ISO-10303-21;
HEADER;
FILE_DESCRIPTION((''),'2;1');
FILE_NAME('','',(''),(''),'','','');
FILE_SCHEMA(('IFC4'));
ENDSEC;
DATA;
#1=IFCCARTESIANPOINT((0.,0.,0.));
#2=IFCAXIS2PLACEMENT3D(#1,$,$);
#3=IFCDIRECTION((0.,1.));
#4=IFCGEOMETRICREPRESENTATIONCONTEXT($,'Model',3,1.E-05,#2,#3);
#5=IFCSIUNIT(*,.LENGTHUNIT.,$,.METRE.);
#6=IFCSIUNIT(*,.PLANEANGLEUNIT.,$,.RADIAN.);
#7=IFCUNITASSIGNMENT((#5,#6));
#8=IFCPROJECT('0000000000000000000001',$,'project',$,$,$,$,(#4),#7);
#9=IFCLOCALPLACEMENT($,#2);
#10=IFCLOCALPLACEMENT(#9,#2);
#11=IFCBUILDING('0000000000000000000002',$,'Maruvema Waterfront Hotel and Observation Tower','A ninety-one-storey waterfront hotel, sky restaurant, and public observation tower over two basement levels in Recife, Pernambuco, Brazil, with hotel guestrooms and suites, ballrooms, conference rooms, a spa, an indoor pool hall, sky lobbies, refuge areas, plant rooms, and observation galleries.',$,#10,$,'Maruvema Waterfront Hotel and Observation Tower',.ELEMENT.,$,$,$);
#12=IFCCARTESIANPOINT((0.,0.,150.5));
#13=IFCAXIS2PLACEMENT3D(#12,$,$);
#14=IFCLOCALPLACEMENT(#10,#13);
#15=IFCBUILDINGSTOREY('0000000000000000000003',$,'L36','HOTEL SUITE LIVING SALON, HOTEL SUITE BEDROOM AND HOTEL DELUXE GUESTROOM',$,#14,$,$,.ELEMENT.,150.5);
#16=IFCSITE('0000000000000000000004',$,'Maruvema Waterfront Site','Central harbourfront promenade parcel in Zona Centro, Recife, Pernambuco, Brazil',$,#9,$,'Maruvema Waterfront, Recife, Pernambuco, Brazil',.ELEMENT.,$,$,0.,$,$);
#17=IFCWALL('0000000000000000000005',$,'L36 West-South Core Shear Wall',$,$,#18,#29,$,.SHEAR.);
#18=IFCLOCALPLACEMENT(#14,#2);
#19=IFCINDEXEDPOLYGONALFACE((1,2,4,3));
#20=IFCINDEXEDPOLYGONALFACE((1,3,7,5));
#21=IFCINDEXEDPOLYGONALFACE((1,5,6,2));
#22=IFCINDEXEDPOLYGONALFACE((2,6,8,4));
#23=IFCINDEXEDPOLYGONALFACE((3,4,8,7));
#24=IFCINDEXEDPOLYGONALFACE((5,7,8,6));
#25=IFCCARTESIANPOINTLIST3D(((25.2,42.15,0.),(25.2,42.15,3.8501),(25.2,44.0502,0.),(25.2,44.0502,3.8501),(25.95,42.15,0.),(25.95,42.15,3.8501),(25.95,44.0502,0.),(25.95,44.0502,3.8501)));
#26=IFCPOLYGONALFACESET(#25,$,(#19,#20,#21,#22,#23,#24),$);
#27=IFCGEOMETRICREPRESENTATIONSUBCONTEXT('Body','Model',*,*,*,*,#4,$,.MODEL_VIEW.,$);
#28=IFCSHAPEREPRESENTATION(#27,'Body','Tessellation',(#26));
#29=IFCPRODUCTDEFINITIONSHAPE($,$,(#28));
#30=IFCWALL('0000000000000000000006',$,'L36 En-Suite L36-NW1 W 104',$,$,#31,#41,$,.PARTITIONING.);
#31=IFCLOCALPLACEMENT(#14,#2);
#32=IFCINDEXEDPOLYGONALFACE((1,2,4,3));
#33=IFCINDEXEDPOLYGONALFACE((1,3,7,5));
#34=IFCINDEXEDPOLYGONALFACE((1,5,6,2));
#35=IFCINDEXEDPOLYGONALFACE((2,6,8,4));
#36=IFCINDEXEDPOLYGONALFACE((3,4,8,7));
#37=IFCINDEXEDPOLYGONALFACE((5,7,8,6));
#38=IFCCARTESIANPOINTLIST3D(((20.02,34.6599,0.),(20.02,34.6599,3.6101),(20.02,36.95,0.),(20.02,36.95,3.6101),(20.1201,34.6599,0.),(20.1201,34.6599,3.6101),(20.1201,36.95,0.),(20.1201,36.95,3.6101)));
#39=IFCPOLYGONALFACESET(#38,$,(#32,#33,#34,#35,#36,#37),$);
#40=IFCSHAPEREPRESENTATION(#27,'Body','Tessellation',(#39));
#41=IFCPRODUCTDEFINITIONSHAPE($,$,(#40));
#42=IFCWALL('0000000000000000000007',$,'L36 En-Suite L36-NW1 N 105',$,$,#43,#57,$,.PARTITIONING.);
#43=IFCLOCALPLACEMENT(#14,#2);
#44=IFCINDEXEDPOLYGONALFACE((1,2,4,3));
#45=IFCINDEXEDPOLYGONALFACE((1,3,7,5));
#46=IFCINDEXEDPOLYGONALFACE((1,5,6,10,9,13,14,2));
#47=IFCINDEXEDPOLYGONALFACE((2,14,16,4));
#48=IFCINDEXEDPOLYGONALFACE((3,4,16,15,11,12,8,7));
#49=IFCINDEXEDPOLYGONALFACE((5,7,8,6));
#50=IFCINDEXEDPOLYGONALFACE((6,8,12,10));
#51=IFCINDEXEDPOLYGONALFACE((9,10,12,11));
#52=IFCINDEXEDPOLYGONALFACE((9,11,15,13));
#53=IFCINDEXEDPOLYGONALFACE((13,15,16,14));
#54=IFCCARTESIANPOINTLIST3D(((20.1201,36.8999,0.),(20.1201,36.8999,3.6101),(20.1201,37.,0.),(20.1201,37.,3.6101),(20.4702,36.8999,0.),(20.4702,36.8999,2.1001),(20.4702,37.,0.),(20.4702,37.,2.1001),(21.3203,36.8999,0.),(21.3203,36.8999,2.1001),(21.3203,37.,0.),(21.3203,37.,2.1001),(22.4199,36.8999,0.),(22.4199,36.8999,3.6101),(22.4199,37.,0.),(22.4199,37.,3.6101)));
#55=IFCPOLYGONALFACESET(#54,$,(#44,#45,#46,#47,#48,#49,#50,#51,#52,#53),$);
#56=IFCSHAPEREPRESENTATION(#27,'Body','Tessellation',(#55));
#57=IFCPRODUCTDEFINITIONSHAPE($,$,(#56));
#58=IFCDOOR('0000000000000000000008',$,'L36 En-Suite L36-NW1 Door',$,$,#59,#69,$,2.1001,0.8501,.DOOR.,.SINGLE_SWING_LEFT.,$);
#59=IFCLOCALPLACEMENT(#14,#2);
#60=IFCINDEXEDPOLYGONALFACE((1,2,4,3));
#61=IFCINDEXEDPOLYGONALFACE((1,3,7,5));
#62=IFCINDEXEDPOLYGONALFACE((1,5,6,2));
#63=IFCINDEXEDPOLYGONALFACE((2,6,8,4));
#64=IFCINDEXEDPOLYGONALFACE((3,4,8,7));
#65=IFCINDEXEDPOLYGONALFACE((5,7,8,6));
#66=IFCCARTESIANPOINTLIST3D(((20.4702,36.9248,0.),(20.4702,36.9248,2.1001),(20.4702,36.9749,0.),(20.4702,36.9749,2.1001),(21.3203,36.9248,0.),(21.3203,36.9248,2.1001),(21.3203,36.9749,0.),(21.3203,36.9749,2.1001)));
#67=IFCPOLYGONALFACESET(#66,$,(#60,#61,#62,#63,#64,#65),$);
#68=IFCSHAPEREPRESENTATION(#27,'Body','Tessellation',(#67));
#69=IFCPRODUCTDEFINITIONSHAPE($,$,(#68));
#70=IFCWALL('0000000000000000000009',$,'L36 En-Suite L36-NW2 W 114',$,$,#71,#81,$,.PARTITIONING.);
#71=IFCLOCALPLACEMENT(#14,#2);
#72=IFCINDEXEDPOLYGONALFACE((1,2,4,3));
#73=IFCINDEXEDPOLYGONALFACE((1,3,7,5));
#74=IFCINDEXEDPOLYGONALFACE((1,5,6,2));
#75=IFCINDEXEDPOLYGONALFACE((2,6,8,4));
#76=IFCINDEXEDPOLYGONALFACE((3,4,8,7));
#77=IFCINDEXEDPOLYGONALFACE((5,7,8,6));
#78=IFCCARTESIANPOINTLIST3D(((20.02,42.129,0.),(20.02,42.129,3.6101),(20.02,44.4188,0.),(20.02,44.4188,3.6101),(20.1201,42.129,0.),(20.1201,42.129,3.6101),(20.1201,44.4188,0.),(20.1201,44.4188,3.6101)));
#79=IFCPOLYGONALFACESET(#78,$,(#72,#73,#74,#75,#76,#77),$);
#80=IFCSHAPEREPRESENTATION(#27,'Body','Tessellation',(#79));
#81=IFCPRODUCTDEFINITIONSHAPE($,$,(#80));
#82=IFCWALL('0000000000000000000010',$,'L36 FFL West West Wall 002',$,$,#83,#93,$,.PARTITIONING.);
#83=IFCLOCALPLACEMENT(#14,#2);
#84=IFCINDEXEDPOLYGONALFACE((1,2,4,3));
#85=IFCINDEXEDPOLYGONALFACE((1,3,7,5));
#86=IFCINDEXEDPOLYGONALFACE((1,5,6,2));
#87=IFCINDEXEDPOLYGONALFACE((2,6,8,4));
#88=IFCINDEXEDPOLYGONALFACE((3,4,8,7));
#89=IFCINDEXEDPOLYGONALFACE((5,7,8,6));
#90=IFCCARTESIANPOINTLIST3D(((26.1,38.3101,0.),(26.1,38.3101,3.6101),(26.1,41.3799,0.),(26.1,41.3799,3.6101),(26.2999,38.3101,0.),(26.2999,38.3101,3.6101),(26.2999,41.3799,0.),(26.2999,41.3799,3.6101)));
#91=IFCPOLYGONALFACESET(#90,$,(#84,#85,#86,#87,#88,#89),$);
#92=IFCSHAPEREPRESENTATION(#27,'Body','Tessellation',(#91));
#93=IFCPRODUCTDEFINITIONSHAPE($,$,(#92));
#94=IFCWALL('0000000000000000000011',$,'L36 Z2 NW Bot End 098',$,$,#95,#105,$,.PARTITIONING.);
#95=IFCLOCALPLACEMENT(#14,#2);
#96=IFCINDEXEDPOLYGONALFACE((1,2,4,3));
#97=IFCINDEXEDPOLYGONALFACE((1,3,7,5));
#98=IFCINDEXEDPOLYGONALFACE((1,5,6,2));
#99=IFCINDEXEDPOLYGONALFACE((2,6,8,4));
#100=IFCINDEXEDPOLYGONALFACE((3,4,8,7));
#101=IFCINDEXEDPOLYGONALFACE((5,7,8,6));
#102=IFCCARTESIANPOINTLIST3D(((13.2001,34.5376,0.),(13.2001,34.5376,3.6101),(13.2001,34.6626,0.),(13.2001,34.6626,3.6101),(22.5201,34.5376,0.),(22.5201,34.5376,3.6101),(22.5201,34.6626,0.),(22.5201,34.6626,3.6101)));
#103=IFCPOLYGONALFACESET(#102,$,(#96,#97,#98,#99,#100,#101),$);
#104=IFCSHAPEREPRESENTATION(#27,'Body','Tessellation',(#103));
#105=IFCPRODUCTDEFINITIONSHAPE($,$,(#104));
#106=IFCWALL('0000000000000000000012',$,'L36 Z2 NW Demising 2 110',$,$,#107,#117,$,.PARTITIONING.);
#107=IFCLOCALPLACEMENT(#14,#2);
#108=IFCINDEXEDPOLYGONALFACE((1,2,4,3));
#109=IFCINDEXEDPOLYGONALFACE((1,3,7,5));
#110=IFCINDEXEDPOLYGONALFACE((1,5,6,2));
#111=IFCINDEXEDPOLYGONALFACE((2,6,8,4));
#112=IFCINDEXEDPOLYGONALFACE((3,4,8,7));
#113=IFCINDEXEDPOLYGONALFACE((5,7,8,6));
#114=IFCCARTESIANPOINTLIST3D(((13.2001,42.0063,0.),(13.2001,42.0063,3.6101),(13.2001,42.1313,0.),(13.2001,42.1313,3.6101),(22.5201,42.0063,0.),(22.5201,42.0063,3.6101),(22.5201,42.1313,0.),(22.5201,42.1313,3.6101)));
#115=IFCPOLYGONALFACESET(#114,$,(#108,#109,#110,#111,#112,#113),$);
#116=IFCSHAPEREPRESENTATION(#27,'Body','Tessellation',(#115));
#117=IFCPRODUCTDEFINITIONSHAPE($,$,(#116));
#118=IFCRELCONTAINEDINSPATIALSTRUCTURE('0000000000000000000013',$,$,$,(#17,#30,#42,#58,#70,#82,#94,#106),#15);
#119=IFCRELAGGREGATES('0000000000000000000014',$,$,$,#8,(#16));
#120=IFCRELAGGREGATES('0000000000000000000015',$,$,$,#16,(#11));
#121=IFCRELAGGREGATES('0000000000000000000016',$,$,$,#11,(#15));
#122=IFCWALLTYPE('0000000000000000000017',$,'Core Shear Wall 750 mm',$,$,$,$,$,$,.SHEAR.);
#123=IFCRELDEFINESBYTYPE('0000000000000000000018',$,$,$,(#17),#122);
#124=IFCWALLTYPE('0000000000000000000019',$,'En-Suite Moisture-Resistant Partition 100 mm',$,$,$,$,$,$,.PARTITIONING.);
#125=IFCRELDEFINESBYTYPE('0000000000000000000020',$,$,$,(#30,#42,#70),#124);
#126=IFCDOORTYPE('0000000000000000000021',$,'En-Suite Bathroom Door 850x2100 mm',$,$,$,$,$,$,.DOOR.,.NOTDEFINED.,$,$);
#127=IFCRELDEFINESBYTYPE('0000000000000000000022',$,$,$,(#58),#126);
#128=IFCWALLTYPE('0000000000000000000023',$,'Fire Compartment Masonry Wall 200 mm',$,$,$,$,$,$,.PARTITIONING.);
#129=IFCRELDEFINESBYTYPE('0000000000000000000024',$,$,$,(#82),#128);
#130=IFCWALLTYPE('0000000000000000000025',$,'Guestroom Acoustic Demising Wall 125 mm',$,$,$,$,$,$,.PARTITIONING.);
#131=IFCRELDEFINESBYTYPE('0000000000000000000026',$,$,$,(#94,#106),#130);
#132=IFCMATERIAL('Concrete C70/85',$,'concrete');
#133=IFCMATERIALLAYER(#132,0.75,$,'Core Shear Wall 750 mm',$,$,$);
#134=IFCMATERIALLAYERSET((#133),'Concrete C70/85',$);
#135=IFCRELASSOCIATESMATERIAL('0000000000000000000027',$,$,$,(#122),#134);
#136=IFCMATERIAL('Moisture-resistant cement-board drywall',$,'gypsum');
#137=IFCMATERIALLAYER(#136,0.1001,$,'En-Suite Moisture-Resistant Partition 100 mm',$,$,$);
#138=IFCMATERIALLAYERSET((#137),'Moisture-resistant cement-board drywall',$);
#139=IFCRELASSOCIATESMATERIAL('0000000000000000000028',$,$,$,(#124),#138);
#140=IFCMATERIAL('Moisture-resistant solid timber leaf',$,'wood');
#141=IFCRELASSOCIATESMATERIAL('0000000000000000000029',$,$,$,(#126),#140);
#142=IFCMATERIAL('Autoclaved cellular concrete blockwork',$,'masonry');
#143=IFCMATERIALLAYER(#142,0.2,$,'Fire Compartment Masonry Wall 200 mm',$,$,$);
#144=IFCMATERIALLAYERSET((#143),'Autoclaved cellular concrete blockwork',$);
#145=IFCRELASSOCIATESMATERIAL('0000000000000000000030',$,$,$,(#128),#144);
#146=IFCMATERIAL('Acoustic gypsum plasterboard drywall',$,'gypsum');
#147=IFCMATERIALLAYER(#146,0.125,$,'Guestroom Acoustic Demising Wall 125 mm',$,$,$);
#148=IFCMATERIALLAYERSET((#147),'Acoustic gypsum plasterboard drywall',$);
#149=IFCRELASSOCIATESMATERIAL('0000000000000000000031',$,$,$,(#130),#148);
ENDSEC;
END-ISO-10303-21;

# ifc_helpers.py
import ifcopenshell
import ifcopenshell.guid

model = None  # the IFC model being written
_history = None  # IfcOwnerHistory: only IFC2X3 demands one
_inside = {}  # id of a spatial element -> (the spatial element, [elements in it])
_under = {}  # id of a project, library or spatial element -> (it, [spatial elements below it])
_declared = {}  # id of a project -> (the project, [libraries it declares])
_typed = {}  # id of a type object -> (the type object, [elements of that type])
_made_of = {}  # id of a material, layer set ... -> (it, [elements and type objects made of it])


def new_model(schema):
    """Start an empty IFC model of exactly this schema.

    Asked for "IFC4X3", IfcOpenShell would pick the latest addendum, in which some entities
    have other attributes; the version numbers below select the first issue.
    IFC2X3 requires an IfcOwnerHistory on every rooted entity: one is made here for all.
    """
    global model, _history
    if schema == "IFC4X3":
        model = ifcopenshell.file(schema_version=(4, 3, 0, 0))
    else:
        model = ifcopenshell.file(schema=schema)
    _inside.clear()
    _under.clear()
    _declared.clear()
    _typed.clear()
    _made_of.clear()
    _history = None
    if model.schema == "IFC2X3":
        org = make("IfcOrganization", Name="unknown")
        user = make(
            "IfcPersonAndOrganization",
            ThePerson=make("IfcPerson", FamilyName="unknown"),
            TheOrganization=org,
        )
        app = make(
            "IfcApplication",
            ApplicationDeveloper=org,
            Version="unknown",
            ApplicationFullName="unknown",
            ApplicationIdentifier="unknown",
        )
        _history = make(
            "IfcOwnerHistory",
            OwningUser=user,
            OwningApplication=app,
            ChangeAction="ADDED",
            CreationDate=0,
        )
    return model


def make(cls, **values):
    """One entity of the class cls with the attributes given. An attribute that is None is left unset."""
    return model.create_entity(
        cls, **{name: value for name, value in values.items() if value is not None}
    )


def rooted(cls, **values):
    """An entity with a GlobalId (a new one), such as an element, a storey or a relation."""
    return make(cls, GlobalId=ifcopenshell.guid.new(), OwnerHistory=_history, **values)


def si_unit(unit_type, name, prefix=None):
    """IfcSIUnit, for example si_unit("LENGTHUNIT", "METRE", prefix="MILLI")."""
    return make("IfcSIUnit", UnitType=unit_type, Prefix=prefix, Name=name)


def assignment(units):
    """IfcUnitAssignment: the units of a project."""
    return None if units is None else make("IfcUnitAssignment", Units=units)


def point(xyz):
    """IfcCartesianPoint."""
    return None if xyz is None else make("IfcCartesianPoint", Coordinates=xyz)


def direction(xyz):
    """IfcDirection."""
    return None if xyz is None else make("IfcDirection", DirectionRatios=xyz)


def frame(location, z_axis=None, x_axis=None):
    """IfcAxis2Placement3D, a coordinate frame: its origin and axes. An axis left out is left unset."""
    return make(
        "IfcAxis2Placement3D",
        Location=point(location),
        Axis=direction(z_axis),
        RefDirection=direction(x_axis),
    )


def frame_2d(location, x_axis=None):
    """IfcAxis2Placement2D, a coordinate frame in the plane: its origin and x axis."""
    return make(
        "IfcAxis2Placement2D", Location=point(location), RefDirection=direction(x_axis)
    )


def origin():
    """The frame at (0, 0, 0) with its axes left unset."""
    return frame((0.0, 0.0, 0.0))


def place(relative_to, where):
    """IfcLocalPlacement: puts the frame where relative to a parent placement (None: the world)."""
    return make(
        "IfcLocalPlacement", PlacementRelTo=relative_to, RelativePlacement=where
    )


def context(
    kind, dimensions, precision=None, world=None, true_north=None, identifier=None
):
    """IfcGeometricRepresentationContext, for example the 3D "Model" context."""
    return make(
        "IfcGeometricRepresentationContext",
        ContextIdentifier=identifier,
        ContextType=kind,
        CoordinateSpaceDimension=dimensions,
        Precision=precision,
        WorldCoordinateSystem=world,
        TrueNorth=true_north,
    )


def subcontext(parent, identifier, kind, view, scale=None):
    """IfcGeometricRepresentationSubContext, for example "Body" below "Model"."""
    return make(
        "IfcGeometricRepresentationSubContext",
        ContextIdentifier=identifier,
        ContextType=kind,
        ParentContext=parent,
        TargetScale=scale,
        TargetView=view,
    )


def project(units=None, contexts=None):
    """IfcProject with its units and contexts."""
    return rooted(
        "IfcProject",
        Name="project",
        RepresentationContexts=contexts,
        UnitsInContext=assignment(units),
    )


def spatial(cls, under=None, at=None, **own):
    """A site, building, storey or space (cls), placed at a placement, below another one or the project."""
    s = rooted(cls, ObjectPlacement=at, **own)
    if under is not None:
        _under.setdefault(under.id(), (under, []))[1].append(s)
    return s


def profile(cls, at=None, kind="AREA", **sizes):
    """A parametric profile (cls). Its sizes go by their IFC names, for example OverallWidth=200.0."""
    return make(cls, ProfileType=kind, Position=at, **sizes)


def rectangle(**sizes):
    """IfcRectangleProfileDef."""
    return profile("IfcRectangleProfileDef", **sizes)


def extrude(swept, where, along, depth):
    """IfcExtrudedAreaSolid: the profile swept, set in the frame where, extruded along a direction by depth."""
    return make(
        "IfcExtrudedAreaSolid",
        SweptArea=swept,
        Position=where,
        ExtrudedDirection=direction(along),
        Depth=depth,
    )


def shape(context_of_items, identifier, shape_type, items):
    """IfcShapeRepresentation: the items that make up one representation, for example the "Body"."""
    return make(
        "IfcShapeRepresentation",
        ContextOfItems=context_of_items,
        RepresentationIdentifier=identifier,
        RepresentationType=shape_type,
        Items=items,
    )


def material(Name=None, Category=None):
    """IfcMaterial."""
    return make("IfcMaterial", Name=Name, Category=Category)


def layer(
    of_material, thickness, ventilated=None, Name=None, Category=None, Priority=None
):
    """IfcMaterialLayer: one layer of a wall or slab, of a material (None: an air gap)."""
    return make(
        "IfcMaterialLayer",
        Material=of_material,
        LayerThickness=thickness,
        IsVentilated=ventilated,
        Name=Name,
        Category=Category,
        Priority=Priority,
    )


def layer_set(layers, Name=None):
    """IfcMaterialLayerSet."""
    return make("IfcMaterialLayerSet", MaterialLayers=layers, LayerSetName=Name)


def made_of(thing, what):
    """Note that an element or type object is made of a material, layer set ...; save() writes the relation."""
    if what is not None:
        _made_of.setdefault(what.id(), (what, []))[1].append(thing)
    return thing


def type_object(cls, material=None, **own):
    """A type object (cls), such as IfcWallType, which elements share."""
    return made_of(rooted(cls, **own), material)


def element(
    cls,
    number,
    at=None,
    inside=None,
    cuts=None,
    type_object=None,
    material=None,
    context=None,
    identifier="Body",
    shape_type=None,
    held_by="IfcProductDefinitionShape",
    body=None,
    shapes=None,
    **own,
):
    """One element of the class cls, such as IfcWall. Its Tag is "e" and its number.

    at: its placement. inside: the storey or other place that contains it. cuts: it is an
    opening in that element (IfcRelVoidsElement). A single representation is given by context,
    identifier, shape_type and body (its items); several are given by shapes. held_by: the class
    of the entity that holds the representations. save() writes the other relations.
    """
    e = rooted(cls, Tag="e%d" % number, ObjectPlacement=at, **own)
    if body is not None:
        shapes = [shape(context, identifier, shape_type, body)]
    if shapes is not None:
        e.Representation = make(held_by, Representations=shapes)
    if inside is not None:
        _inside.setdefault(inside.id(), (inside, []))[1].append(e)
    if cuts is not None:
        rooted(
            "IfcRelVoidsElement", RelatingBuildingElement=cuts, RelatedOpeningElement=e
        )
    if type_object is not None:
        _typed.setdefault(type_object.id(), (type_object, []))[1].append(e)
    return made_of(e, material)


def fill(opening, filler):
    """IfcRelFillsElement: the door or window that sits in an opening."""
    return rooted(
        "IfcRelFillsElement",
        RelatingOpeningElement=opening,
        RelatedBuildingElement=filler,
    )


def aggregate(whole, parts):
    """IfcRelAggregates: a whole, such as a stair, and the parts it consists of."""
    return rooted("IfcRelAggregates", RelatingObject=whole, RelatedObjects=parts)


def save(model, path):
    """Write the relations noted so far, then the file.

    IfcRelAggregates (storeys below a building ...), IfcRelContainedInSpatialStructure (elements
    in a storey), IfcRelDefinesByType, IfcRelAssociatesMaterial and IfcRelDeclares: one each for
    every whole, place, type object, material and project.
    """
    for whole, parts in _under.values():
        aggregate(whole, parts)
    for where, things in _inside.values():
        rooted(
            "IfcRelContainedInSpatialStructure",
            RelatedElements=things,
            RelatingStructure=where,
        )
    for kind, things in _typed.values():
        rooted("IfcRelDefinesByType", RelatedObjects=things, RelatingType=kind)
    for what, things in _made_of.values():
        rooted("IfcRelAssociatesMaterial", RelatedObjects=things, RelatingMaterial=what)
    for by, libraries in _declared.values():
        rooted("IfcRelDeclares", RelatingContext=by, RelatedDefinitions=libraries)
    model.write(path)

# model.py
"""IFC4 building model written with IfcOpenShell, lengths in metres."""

from ifc_helpers import new_model, si_unit, direction, frame, frame_2d, origin, place, context, subcontext, project, spatial, rectangle, extrude, material, layer, layer_set, type_object, element, fill, save


model = new_model("IFC4")

# Units and contexts
model_context = context("Model", 3, precision=1e-05, world=origin(), true_north=direction((0.0, 1.0)))
body_context = subcontext(model_context, "Body", "Model", "MODEL_VIEW")
ifc_project = project(units=[si_unit("LENGTHUNIT", "METRE"), si_unit("PLANEANGLEUNIT", "RADIAN")], contexts=[model_context])

# Site, building, storey
site_placement = place(None, origin())
site = spatial("IfcSite", under=ifc_project, at=site_placement, Name="Maruvema Waterfront Site", Description="Central harbourfront promenade parcel in Zona Centro, Recife, Pernambuco, Brazil", LongName="Maruvema Waterfront, Recife, Pernambuco, Brazil", CompositionType="ELEMENT", RefElevation=0.0)
building_placement = place(site_placement, origin())
building = spatial("IfcBuilding", under=site, at=building_placement, Name="Maruvema Waterfront Hotel and Observation Tower", Description="A ninety-one-storey waterfront hotel, sky restaurant, and public observation tower over two basement levels in Recife, Pernambuco, Brazil, with hotel guestrooms and suites, ballrooms, conference rooms, a spa, an indoor pool hall, sky lobbies, refuge areas, plant rooms, and observation galleries.", LongName="Maruvema Waterfront Hotel and Observation Tower", CompositionType="ELEMENT")
storey_placement = place(building_placement, frame((0.0, 0.0, 150.5)))
storey = spatial("IfcBuildingStorey", under=building, at=storey_placement, Name="L36", Description="HOTEL SUITE LIVING SALON, HOTEL SUITE BEDROOM AND HOTEL DELUXE GUESTROOM", CompositionType="ELEMENT", Elevation=150.5)

# Shared definitions
ifc_material_1 = material(Name="Concrete C70/85", Category="concrete")
ifc_layer_1 = layer(ifc_material_1, 0.75, Name="Core Shear Wall 750 mm")
ifc_layer_set_1 = layer_set([ifc_layer_1], Name="Concrete C70/85")
wall_type_1 = type_object("IfcWallType", Name="Core Shear Wall 750 mm", PredefinedType="SHEAR", material=ifc_layer_set_1)

# Walls
wall_1_placement = place(storey_placement, frame((25.575, 42.1499, 0.0), z_axis=(0.0, 0.0, 1.0), x_axis=(0.0, 1.0, 0.0)))
element("IfcWall", 1, at=wall_1_placement, inside=storey, type_object=wall_type_1, Name="L36 West-South Core Shear Wall", PredefinedType="SHEAR", context=body_context, shape_type="SweptSolid", body=[
    extrude(rectangle(XDim=1.9001, YDim=0.75, at=frame_2d((0.9502, 0.0))), origin(), (0.0, 0.0, 1.0), 3.8501),
])
ifc_material_2 = material(Name="Moisture-resistant cement-board drywall", Category="gypsum")
ifc_layer_2 = layer(ifc_material_2, 0.1001, Name="En-Suite Moisture-Resistant Partition 100 mm")
ifc_layer_set_2 = layer_set([ifc_layer_2], Name="Moisture-resistant cement-board drywall")
wall_type_2 = type_object("IfcWallType", Name="En-Suite Moisture-Resistant Partition 100 mm", PredefinedType="PARTITIONING", material=ifc_layer_set_2)
wall_2_placement = place(storey_placement, frame((20.0701, 34.6599, 0.0), z_axis=(0.0, 0.0, 1.0), x_axis=(0.0, 1.0, 0.0)))
element("IfcWall", 2, at=wall_2_placement, inside=storey, type_object=wall_type_2, Name="L36 En-Suite L36-NW1 W 104", PredefinedType="PARTITIONING", context=body_context, shape_type="SweptSolid", body=[
    extrude(rectangle(XDim=2.29, YDim=0.1001, at=frame_2d((1.145, 0.0))), origin(), (0.0, 0.0, 1.0), 3.6101),
])

# Wall, opening, door
wall_3_placement = place(storey_placement, frame((20.1201, 36.95, 0.0), z_axis=(0.0, 0.0, 1.0), x_axis=(1.0, 0.0, 0.0)))
wall_3 = element("IfcWall", 3, at=wall_3_placement, inside=storey, type_object=wall_type_2, Name="L36 En-Suite L36-NW1 N 105", PredefinedType="PARTITIONING", context=body_context, shape_type="SweptSolid", body=[
    extrude(rectangle(XDim=2.2998, YDim=0.1001, at=frame_2d((1.1499, 0.0))), origin(), (0.0, 0.0, 1.0), 3.6101),
])
opening_1_placement = place(wall_3_placement, frame((0.3501, 0.0, 0.0)))
opening_1 = element("IfcOpeningElement", 4, at=opening_1_placement, cuts=wall_3, PredefinedType="OPENING", context=body_context, shape_type="SweptSolid", body=[
    extrude(rectangle(XDim=0.8501, YDim=2.1001, at=frame_2d((0.425, 1.05))), frame((0.0, 0.0601, 0.0), z_axis=(0.0, -1.0, 0.0), x_axis=(1.0, 0.0, 0.0)), (0.0, 0.0, 1.0), 0.1201),
])
ifc_material_3 = material(Name="Moisture-resistant solid timber leaf", Category="wood")
door_type_1 = type_object("IfcDoorType", Name="En-Suite Bathroom Door 850x2100 mm", OperationType="NOTDEFINED", PredefinedType="DOOR", material=ifc_material_3)
door_1_placement = place(opening_1_placement, origin())
door_1 = element("IfcDoor", 5, at=door_1_placement, inside=storey, type_object=door_type_1, Name="L36 En-Suite L36-NW1 Door", OperationType="SINGLE_SWING_LEFT", OverallHeight=2.1001, OverallWidth=0.8501, PredefinedType="DOOR", context=body_context, shape_type="SweptSolid", body=[
    extrude(rectangle(XDim=0.8501, YDim=2.1001, at=frame_2d((0.425, 1.05))), frame((0.0, 0.0249, 0.0), z_axis=(0.0, -1.0, 0.0), x_axis=(1.0, 0.0, 0.0)), (0.0, 0.0, 1.0), 0.05),
])
fill(opening_1, door_1)

# Wall
wall_4_placement = place(storey_placement, frame((20.0701, 42.1289, 0.0), z_axis=(0.0, 0.0, 1.0), x_axis=(0.0, 1.0, 0.0)))
element("IfcWall", 6, at=wall_4_placement, inside=storey, type_object=wall_type_2, Name="L36 En-Suite L36-NW2 W 114", PredefinedType="PARTITIONING", context=body_context, shape_type="SweptSolid", body=[
    extrude(rectangle(XDim=2.2898, YDim=0.1001, at=frame_2d((1.145, 0.0))), origin(), (0.0, 0.0, 1.0), 3.6101),
])

# Shared definitions
ifc_material_4 = material(Name="Autoclaved cellular concrete blockwork", Category="masonry")
ifc_layer_3 = layer(ifc_material_4, 0.2, Name="Fire Compartment Masonry Wall 200 mm")
ifc_layer_set_3 = layer_set([ifc_layer_3], Name="Autoclaved cellular concrete blockwork")
wall_type_3 = type_object("IfcWallType", Name="Fire Compartment Masonry Wall 200 mm", PredefinedType="PARTITIONING", material=ifc_layer_set_3)

# Walls
wall_5_placement = place(storey_placement, frame((26.2, 38.3101, 0.0), z_axis=(0.0, 0.0, 1.0), x_axis=(0.0, 1.0, 0.0)))
element("IfcWall", 7, at=wall_5_placement, inside=storey, type_object=wall_type_3, Name="L36 FFL West West Wall 002", PredefinedType="PARTITIONING", context=body_context, shape_type="SweptSolid", body=[
    extrude(rectangle(XDim=3.0698, YDim=0.2, at=frame_2d((1.5349, 0.0))), origin(), (0.0, 0.0, 1.0), 3.6101),
])
ifc_material_5 = material(Name="Acoustic gypsum plasterboard drywall", Category="gypsum")
ifc_layer_4 = layer(ifc_material_5, 0.125, Name="Guestroom Acoustic Demising Wall 125 mm")
ifc_layer_set_4 = layer_set([ifc_layer_4], Name="Acoustic gypsum plasterboard drywall")
wall_type_4 = type_object("IfcWallType", Name="Guestroom Acoustic Demising Wall 125 mm", PredefinedType="PARTITIONING", material=ifc_layer_set_4)
for number, where, z_axis, x_axis, name in (
    (8, (13.2, 34.6001, 0.0), (0.0, 0.0, 1.0), (1.0, 0.0, 0.0), "L36 Z2 NW Bot End 098"),
    (9, (13.2, 42.0688, 0.0), (0.0, 0.0, 1.0), (1.0, 0.0, 0.0), "L36 Z2 NW Demising 2 110"),
):
    element("IfcWall", number, at=place(storey_placement, frame(where, z_axis=z_axis, x_axis=x_axis)), inside=storey, type_object=wall_type_4, Name=name, PredefinedType="PARTITIONING", context=body_context, shape_type="SweptSolid", body=[
        extrude(rectangle(XDim=9.3201, YDim=0.125, at=frame_2d((4.6602, 0.0))), origin(), (0.0, 0.0, 1.0), 3.6101),
    ])

save(model, "model.ifc")
